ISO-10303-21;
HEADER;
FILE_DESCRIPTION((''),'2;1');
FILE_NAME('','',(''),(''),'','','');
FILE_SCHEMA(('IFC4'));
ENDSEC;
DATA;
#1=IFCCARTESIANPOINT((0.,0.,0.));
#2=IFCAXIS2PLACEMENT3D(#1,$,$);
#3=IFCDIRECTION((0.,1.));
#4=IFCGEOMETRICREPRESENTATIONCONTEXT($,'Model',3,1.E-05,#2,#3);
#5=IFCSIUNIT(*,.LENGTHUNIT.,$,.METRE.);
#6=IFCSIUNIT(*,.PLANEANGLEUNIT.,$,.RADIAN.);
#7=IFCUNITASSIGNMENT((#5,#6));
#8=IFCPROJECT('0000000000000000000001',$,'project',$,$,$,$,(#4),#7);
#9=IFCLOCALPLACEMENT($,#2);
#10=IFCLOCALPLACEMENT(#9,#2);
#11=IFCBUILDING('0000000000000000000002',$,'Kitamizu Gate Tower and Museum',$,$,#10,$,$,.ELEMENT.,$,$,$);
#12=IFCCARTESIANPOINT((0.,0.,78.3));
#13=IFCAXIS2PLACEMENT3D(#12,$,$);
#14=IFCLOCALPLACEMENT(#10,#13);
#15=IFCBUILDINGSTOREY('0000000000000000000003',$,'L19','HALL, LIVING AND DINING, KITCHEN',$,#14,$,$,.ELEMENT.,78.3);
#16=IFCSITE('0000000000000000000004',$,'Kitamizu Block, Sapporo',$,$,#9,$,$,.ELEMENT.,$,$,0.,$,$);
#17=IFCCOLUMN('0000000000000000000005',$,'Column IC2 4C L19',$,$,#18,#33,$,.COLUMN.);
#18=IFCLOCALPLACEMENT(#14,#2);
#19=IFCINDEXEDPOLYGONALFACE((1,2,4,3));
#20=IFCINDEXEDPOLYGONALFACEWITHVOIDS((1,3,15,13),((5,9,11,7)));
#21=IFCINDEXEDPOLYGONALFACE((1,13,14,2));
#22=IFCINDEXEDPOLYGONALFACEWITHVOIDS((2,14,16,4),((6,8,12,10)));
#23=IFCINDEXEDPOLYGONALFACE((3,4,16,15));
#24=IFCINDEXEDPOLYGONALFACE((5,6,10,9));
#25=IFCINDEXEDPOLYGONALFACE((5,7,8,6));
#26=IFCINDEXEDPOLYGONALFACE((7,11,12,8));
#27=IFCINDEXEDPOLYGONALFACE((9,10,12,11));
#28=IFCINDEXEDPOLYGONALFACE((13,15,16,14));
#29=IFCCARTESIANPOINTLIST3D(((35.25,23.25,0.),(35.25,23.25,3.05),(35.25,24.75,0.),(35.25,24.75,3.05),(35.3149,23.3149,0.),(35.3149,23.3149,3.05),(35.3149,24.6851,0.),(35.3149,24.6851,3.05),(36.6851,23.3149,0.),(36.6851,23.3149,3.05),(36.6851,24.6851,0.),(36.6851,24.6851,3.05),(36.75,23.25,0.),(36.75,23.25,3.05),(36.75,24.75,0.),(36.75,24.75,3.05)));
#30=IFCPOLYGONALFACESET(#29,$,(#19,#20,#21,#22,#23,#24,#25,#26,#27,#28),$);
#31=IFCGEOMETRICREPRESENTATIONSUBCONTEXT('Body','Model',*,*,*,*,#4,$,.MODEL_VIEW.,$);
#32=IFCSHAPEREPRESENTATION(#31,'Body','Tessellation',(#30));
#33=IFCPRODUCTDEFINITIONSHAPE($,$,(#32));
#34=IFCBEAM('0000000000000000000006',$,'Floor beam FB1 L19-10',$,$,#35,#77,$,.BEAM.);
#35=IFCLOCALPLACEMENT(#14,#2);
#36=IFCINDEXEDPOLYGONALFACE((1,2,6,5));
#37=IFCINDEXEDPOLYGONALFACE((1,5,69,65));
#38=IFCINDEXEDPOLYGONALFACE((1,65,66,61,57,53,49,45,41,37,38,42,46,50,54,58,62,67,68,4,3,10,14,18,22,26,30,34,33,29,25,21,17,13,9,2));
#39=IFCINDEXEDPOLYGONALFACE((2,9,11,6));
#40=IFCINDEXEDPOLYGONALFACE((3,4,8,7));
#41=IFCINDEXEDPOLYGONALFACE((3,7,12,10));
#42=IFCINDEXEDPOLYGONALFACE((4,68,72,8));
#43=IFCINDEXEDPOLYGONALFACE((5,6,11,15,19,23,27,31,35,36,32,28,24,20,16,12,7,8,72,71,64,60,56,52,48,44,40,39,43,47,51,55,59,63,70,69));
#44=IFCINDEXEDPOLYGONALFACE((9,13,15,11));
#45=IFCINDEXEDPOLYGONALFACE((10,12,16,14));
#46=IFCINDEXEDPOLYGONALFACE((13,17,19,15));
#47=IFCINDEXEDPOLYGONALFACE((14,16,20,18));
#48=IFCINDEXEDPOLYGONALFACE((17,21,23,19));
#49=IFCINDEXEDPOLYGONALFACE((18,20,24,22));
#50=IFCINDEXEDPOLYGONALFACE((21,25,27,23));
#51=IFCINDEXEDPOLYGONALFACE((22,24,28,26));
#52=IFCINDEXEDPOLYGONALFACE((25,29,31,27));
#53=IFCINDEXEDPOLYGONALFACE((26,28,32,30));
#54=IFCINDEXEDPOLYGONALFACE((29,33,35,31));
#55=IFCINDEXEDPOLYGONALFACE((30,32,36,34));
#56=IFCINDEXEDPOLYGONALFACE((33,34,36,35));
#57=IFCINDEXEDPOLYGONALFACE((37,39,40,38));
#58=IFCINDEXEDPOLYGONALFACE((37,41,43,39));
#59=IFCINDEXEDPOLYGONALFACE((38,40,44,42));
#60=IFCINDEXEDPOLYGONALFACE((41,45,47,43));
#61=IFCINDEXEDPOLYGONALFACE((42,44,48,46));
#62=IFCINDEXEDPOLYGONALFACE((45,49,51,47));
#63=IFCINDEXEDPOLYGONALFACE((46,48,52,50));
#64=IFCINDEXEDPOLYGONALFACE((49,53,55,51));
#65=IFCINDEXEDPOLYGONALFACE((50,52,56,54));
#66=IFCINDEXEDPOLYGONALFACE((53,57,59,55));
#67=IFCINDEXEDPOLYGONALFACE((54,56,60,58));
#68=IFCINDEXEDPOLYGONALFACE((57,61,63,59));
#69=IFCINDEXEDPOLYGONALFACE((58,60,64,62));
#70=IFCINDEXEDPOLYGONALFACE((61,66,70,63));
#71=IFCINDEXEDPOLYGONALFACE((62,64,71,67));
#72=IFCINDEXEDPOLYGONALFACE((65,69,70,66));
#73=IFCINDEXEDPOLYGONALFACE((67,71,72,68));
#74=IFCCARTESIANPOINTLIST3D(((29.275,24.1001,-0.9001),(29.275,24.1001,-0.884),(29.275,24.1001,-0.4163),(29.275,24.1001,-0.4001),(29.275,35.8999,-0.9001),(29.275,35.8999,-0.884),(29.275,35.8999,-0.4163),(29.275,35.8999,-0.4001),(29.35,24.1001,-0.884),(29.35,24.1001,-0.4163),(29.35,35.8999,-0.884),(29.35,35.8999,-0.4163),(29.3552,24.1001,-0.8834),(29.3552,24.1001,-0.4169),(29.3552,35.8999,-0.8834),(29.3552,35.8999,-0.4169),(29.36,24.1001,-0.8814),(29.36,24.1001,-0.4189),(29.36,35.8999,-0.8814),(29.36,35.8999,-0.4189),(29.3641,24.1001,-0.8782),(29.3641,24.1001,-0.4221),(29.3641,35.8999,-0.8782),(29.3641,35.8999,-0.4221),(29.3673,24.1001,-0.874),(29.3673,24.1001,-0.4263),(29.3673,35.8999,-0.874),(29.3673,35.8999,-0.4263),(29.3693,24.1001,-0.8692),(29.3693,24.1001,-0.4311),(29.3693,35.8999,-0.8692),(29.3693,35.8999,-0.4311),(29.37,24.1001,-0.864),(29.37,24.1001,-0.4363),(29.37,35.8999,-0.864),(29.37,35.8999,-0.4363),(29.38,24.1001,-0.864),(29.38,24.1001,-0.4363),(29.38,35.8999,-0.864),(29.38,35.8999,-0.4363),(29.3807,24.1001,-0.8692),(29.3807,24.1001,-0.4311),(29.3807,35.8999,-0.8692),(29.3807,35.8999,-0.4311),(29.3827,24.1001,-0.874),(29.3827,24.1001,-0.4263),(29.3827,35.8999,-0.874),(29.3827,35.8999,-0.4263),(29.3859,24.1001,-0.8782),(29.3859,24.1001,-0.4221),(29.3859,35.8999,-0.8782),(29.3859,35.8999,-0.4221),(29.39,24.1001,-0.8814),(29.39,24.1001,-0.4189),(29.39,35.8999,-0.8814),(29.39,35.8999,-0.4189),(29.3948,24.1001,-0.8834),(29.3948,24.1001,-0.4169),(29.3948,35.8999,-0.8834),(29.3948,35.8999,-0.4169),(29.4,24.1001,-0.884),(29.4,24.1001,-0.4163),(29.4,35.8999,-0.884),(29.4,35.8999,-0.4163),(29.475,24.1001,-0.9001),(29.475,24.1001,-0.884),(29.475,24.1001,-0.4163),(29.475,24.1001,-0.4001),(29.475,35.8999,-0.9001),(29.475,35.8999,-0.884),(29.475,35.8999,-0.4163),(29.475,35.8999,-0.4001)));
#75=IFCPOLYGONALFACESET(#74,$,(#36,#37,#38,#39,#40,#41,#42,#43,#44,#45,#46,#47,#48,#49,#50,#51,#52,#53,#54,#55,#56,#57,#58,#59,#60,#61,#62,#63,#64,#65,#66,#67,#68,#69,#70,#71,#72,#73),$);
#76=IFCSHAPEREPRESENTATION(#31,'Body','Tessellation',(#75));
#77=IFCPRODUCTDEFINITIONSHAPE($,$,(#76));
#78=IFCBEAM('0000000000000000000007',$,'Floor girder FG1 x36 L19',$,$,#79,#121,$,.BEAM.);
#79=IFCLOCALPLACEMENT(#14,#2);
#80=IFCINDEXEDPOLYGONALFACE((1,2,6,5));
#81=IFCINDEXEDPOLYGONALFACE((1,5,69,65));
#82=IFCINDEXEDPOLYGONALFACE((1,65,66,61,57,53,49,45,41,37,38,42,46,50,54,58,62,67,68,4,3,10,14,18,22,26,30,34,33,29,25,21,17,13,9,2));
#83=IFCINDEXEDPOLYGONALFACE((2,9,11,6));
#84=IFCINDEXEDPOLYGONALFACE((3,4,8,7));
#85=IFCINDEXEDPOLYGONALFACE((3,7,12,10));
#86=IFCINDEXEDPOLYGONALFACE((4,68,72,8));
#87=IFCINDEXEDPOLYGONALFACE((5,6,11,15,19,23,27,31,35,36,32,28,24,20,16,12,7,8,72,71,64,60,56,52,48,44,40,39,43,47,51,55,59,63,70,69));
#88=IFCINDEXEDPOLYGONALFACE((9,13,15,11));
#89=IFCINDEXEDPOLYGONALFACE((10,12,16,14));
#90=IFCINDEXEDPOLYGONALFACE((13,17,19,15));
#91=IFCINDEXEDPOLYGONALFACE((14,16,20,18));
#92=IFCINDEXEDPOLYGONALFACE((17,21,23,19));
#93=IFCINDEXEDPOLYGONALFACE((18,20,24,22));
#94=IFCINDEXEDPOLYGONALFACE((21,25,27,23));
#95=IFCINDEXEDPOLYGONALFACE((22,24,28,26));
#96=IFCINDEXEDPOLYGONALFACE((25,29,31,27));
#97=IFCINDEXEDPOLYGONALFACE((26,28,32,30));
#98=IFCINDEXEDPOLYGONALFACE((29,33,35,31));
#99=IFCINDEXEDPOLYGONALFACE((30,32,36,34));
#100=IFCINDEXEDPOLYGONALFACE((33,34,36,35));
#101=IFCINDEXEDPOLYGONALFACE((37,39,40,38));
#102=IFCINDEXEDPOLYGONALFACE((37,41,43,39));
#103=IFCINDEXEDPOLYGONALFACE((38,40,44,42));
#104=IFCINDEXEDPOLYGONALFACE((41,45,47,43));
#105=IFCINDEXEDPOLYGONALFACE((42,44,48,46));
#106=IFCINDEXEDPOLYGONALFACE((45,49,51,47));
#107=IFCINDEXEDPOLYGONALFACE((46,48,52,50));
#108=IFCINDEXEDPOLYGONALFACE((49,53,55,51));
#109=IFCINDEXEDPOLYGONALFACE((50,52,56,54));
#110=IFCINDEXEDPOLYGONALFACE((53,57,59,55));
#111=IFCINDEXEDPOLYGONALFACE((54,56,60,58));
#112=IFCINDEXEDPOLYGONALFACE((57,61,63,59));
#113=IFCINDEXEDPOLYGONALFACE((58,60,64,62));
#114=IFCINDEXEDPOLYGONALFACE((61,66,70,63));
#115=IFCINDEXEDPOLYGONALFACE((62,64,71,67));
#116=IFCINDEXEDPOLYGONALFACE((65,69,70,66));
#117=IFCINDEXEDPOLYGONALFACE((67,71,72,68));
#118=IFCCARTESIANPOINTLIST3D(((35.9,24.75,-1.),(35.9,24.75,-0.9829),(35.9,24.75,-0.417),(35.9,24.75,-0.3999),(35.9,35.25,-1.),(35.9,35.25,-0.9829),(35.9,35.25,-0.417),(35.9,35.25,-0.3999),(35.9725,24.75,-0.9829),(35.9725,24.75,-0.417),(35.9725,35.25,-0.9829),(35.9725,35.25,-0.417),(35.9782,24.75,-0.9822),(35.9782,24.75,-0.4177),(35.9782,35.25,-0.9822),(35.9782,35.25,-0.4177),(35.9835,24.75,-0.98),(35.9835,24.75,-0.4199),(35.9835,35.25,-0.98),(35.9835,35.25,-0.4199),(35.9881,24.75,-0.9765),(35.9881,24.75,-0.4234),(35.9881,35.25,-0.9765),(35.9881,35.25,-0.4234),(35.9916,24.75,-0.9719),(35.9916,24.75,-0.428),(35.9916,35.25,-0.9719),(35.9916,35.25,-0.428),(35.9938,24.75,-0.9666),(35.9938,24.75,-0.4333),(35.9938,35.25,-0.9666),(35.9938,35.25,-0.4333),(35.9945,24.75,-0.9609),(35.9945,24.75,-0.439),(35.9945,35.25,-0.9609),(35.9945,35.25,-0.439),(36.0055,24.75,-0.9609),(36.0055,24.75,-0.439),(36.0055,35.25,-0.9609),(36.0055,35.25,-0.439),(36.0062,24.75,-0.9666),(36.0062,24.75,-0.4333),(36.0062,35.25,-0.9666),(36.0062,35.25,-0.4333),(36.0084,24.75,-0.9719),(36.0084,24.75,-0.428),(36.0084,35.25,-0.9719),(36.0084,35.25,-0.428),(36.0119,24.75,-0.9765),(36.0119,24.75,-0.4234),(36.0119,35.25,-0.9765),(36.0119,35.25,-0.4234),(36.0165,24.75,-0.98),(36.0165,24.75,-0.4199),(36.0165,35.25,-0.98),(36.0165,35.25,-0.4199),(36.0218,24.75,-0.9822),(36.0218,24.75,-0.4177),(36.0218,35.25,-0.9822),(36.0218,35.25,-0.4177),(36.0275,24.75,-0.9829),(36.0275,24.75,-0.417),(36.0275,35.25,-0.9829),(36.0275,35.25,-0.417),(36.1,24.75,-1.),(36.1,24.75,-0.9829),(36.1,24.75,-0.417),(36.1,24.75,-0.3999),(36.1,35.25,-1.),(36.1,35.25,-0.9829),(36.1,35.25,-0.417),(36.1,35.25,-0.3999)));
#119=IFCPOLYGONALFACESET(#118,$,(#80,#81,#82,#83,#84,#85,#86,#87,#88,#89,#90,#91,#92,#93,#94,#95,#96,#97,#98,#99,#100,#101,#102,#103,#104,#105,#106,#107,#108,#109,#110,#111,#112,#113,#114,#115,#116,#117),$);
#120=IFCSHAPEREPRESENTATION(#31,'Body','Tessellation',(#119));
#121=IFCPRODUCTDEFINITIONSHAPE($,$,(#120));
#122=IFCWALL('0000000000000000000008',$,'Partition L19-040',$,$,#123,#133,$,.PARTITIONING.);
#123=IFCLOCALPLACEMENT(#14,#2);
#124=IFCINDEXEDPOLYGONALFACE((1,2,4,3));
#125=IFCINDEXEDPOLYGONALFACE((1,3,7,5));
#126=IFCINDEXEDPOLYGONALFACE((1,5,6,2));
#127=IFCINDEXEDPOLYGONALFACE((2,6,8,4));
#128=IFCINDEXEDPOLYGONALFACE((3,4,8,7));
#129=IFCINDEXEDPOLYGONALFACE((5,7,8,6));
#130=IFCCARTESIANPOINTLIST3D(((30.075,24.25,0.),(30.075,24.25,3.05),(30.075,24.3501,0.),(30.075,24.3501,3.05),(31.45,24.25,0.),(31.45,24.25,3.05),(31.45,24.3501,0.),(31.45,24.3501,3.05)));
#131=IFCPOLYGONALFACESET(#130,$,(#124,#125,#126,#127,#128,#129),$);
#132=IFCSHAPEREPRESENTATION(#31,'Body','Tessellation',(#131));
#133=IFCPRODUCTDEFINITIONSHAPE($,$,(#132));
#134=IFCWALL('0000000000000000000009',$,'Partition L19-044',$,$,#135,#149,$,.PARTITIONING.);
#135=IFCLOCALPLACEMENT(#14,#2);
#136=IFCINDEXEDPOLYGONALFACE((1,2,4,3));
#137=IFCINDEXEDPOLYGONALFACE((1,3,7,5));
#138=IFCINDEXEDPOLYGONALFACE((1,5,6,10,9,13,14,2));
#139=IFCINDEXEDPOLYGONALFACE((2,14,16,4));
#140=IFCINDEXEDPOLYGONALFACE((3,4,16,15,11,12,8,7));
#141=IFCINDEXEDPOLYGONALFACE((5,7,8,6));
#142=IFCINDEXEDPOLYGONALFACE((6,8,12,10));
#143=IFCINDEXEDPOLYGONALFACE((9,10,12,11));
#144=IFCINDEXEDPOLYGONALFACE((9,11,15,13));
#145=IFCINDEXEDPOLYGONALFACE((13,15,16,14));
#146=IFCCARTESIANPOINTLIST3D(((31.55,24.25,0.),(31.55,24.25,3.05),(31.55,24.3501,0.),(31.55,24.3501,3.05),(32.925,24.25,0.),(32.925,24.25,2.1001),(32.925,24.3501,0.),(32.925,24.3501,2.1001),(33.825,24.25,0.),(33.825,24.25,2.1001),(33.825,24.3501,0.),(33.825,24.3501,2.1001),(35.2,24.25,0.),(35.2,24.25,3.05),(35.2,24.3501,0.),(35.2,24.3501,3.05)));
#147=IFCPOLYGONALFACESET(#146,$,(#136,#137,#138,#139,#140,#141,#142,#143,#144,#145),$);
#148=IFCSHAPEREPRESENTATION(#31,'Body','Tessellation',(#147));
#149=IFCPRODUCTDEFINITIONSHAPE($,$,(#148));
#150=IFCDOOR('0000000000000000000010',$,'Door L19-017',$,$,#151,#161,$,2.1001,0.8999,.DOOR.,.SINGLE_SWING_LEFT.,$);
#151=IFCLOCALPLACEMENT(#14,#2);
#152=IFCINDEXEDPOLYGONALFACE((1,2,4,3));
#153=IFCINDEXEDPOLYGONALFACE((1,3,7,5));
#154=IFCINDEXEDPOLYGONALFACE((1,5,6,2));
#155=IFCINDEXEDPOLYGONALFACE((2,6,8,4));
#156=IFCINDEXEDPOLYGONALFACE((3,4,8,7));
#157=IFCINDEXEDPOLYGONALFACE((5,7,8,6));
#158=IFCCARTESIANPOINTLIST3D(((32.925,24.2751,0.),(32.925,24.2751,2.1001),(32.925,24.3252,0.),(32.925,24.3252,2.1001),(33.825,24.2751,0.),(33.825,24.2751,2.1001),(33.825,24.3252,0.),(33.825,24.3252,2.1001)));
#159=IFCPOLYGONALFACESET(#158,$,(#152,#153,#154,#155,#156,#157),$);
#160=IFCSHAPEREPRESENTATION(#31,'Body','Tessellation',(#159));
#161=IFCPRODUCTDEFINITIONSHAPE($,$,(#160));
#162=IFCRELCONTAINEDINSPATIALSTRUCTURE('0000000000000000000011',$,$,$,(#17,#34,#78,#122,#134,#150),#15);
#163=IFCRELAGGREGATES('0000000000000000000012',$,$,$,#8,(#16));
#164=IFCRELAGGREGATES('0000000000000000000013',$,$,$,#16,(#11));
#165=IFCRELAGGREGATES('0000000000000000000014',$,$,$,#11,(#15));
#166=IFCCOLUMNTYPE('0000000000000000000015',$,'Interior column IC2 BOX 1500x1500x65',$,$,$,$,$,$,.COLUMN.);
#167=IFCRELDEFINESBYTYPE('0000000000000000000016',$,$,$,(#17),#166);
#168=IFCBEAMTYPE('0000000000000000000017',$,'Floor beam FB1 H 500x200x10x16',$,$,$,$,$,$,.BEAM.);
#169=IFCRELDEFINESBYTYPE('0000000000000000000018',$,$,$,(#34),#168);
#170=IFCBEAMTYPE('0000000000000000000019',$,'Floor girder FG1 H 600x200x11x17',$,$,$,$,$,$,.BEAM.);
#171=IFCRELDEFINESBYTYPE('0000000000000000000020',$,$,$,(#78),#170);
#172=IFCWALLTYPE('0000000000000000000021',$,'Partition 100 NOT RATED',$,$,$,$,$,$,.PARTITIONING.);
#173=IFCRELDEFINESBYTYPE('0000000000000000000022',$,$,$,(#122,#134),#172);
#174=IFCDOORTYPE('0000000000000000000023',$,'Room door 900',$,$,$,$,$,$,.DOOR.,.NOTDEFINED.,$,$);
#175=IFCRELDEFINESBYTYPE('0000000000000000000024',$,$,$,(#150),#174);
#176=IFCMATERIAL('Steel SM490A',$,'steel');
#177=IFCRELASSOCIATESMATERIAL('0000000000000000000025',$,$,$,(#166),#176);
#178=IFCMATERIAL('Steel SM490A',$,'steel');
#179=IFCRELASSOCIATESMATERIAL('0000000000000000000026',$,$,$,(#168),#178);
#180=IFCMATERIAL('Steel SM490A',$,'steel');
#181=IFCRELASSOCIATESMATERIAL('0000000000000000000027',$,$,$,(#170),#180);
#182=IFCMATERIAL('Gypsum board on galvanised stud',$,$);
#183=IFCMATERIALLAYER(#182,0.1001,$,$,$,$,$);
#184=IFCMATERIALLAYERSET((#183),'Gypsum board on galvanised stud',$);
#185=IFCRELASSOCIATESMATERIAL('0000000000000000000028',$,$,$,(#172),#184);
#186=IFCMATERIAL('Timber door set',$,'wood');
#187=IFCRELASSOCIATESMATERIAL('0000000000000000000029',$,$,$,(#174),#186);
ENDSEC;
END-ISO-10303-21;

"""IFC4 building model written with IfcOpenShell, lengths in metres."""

from ifc_helpers import new_model, si_unit, direction, frame, frame_2d, origin, origin_2d, place, context, subcontext, project, spatial, rectangle, hollow_rectangle, i_section, extrude, material, layer, layer_set, material_profile, profile_set, type_object, element, fill, save


model = new_model("IFC4")

# Units and contexts
model_context = context("Model", 3, precision=1e-05, world=origin(), true_north=direction((0.0, 1.0)))
body_context = subcontext(model_context, "Body", "Model", "MODEL_VIEW")
ifc_project = project(units=[si_unit("LENGTHUNIT", "METRE"), si_unit("PLANEANGLEUNIT", "RADIAN")], contexts=[model_context])

# Site, building, storey
site_placement = place(None, origin())
site = spatial("IfcSite", under=ifc_project, at=site_placement, Name="Kitamizu Block, Sapporo", CompositionType="ELEMENT", RefElevation=0.0)
building_placement = place(site_placement, origin())
building = spatial("IfcBuilding", under=site, at=building_placement, Name="Kitamizu Gate Tower and Museum", CompositionType="ELEMENT")
storey_placement = place(building_placement, frame((0.0, 0.0, 78.3)))
storey = spatial("IfcBuildingStorey", under=building, at=storey_placement, Name="L19", Description="HALL, LIVING AND DINING, KITCHEN", CompositionType="ELEMENT", Elevation=78.3)

# Column
ifc_material_1 = material(Name="Steel SM490A", Category="steel")
ifc_material_profile_1 = material_profile(ifc_material_1, hollow_rectangle(XDim=1.5, YDim=1.5, WallThickness=0.0649, at=origin_2d()), Name="BOX 1500x1500x65")
ifc_profile_set_1 = profile_set([ifc_material_profile_1], Name="Steel SM490A")
column_type = type_object("IfcColumnType", Name="Interior column IC2 BOX 1500x1500x65", PredefinedType="COLUMN", material=ifc_profile_set_1)
column_placement = place(storey_placement, frame((36.0, 24.0, 0.0), z_axis=(0.0, 0.0, 1.0), x_axis=(1.0, 0.0, 0.0)))
element("IfcColumn", 1, at=column_placement, inside=storey, type_object=column_type, Name="Column IC2 4C L19", PredefinedType="COLUMN", context=body_context, shape_type="SweptSolid", body=[
    extrude(hollow_rectangle(XDim=1.5, YDim=1.5, WallThickness=0.0649, at=origin_2d()), origin(), (0.0, 0.0, 1.0), 3.05),
])

# Beams
ifc_material_2 = material(Name="Steel SM490A", Category="steel")
ifc_material_profile_2 = material_profile(ifc_material_2, i_section(OverallWidth=0.2, OverallDepth=0.5, WebThickness=0.01, FlangeThickness=0.0161, FilletRadius=0.02, at=origin_2d()), Name="H-500x200x10x16")
ifc_profile_set_2 = profile_set([ifc_material_profile_2], Name="Steel SM490A")
beam_type_1 = type_object("IfcBeamType", Name="Floor beam FB1 H 500x200x10x16", PredefinedType="BEAM", material=ifc_profile_set_2)
beam_1_placement = place(storey_placement, frame((29.375, 24.1001, -0.6501), z_axis=(0.0, 1.0, 0.0), x_axis=(-1.0, 0.0, 0.0)))
element("IfcBeam", 2, at=beam_1_placement, inside=storey, type_object=beam_type_1, Name="Floor beam FB1 L19-10", PredefinedType="BEAM", context=body_context, shape_type="SweptSolid", body=[
    extrude(i_section(OverallWidth=0.2, OverallDepth=0.5, WebThickness=0.01, FlangeThickness=0.0161, FilletRadius=0.02, at=origin_2d()), origin(), (0.0, 0.0, 1.0), 11.7998),
])
ifc_material_3 = material(Name="Steel SM490A", Category="steel")
ifc_material_profile_3 = material_profile(ifc_material_3, i_section(OverallWidth=0.2, OverallDepth=0.6001, WebThickness=0.011, FlangeThickness=0.0171, FilletRadius=0.022, at=origin_2d()), Name="H-600x200x11x17")
ifc_profile_set_3 = profile_set([ifc_material_profile_3], Name="Steel SM490A")
beam_type_2 = type_object("IfcBeamType", Name="Floor girder FG1 H 600x200x11x17", PredefinedType="BEAM", material=ifc_profile_set_3)
beam_2_placement = place(storey_placement, frame((36.0, 24.75, -0.7), z_axis=(0.0, 1.0, 0.0), x_axis=(-1.0, 0.0, 0.0)))
element("IfcBeam", 3, at=beam_2_placement, inside=storey, type_object=beam_type_2, Name="Floor girder FG1 x36 L19", PredefinedType="BEAM", context=body_context, shape_type="SweptSolid", body=[
    extrude(i_section(OverallWidth=0.2, OverallDepth=0.6001, WebThickness=0.011, FlangeThickness=0.0171, FilletRadius=0.022, at=origin_2d()), origin(), (0.0, 0.0, 1.0), 10.5),
])

# Wall
ifc_material_4 = material(Name="Gypsum board on galvanised stud")
ifc_layer_1 = layer(ifc_material_4, 0.1001)
ifc_layer_set_1 = layer_set([ifc_layer_1], Name="Gypsum board on galvanised stud")
wall_type_1 = type_object("IfcWallType", Name="Partition 100 NOT RATED", PredefinedType="PARTITIONING", material=ifc_layer_set_1)
wall_1_placement = place(storey_placement, frame((31.45, 24.3, 0.0), z_axis=(0.0, 0.0, 1.0), x_axis=(-1.0, 0.0, 0.0)))
element("IfcWall", 4, at=wall_1_placement, inside=storey, type_object=wall_type_1, Name="Partition L19-040", PredefinedType="PARTITIONING", context=body_context, shape_type="SweptSolid", body=[
    extrude(rectangle(XDim=1.375, YDim=0.1001, at=frame_2d((0.6875, 0.0))), origin(), (0.0, 0.0, 1.0), 3.05),
])

# Wall, opening, door
wall_2_placement = place(storey_placement, frame((35.2, 24.3, 0.0), z_axis=(0.0, 0.0, 1.0), x_axis=(-1.0, 0.0, 0.0)))
wall_2 = element("IfcWall", 5, at=wall_2_placement, inside=storey, type_object=wall_type_1, Name="Partition L19-044", PredefinedType="PARTITIONING", context=body_context, shape_type="SweptSolid", body=[
    extrude(rectangle(XDim=3.6499, YDim=0.1001, at=frame_2d((1.825, 0.0))), origin(), (0.0, 0.0, 1.0), 3.05),
])
opening_1_placement = place(wall_2_placement, frame((1.375, 0.0, 0.0)))
opening_1 = element("IfcOpeningElement", 6, at=opening_1_placement, cuts=wall_2, PredefinedType="OPENING", context=body_context, shape_type="SweptSolid", body=[
    extrude(rectangle(XDim=0.8999, YDim=2.1001, at=frame_2d((0.45, 1.05))), frame((0.0, 0.0601, 0.0), z_axis=(0.0, -1.0, 0.0), x_axis=(1.0, 0.0, 0.0)), (0.0, 0.0, 1.0), 0.1201),
])
ifc_material_5 = material(Name="Timber door set", Category="wood")
door_type_1 = type_object("IfcDoorType", Name="Room door 900", OperationType="NOTDEFINED", PredefinedType="DOOR", material=ifc_material_5)
door_1_placement = place(opening_1_placement, origin())
door_1 = element("IfcDoor", 7, at=door_1_placement, inside=storey, type_object=door_type_1, Name="Door L19-017", OperationType="SINGLE_SWING_LEFT", OverallHeight=2.1001, OverallWidth=0.8999, PredefinedType="DOOR", context=body_context, shape_type="SweptSolid", body=[
    extrude(rectangle(XDim=0.8999, YDim=2.1001, at=frame_2d((0.45, 1.05))), frame((0.0, 0.0249, 0.0), z_axis=(0.0, -1.0, 0.0), x_axis=(1.0, 0.0, 0.0)), (0.0, 0.0, 1.0), 0.05),
])
fill(opening_1, door_1)

save(model, "model.ifc")
